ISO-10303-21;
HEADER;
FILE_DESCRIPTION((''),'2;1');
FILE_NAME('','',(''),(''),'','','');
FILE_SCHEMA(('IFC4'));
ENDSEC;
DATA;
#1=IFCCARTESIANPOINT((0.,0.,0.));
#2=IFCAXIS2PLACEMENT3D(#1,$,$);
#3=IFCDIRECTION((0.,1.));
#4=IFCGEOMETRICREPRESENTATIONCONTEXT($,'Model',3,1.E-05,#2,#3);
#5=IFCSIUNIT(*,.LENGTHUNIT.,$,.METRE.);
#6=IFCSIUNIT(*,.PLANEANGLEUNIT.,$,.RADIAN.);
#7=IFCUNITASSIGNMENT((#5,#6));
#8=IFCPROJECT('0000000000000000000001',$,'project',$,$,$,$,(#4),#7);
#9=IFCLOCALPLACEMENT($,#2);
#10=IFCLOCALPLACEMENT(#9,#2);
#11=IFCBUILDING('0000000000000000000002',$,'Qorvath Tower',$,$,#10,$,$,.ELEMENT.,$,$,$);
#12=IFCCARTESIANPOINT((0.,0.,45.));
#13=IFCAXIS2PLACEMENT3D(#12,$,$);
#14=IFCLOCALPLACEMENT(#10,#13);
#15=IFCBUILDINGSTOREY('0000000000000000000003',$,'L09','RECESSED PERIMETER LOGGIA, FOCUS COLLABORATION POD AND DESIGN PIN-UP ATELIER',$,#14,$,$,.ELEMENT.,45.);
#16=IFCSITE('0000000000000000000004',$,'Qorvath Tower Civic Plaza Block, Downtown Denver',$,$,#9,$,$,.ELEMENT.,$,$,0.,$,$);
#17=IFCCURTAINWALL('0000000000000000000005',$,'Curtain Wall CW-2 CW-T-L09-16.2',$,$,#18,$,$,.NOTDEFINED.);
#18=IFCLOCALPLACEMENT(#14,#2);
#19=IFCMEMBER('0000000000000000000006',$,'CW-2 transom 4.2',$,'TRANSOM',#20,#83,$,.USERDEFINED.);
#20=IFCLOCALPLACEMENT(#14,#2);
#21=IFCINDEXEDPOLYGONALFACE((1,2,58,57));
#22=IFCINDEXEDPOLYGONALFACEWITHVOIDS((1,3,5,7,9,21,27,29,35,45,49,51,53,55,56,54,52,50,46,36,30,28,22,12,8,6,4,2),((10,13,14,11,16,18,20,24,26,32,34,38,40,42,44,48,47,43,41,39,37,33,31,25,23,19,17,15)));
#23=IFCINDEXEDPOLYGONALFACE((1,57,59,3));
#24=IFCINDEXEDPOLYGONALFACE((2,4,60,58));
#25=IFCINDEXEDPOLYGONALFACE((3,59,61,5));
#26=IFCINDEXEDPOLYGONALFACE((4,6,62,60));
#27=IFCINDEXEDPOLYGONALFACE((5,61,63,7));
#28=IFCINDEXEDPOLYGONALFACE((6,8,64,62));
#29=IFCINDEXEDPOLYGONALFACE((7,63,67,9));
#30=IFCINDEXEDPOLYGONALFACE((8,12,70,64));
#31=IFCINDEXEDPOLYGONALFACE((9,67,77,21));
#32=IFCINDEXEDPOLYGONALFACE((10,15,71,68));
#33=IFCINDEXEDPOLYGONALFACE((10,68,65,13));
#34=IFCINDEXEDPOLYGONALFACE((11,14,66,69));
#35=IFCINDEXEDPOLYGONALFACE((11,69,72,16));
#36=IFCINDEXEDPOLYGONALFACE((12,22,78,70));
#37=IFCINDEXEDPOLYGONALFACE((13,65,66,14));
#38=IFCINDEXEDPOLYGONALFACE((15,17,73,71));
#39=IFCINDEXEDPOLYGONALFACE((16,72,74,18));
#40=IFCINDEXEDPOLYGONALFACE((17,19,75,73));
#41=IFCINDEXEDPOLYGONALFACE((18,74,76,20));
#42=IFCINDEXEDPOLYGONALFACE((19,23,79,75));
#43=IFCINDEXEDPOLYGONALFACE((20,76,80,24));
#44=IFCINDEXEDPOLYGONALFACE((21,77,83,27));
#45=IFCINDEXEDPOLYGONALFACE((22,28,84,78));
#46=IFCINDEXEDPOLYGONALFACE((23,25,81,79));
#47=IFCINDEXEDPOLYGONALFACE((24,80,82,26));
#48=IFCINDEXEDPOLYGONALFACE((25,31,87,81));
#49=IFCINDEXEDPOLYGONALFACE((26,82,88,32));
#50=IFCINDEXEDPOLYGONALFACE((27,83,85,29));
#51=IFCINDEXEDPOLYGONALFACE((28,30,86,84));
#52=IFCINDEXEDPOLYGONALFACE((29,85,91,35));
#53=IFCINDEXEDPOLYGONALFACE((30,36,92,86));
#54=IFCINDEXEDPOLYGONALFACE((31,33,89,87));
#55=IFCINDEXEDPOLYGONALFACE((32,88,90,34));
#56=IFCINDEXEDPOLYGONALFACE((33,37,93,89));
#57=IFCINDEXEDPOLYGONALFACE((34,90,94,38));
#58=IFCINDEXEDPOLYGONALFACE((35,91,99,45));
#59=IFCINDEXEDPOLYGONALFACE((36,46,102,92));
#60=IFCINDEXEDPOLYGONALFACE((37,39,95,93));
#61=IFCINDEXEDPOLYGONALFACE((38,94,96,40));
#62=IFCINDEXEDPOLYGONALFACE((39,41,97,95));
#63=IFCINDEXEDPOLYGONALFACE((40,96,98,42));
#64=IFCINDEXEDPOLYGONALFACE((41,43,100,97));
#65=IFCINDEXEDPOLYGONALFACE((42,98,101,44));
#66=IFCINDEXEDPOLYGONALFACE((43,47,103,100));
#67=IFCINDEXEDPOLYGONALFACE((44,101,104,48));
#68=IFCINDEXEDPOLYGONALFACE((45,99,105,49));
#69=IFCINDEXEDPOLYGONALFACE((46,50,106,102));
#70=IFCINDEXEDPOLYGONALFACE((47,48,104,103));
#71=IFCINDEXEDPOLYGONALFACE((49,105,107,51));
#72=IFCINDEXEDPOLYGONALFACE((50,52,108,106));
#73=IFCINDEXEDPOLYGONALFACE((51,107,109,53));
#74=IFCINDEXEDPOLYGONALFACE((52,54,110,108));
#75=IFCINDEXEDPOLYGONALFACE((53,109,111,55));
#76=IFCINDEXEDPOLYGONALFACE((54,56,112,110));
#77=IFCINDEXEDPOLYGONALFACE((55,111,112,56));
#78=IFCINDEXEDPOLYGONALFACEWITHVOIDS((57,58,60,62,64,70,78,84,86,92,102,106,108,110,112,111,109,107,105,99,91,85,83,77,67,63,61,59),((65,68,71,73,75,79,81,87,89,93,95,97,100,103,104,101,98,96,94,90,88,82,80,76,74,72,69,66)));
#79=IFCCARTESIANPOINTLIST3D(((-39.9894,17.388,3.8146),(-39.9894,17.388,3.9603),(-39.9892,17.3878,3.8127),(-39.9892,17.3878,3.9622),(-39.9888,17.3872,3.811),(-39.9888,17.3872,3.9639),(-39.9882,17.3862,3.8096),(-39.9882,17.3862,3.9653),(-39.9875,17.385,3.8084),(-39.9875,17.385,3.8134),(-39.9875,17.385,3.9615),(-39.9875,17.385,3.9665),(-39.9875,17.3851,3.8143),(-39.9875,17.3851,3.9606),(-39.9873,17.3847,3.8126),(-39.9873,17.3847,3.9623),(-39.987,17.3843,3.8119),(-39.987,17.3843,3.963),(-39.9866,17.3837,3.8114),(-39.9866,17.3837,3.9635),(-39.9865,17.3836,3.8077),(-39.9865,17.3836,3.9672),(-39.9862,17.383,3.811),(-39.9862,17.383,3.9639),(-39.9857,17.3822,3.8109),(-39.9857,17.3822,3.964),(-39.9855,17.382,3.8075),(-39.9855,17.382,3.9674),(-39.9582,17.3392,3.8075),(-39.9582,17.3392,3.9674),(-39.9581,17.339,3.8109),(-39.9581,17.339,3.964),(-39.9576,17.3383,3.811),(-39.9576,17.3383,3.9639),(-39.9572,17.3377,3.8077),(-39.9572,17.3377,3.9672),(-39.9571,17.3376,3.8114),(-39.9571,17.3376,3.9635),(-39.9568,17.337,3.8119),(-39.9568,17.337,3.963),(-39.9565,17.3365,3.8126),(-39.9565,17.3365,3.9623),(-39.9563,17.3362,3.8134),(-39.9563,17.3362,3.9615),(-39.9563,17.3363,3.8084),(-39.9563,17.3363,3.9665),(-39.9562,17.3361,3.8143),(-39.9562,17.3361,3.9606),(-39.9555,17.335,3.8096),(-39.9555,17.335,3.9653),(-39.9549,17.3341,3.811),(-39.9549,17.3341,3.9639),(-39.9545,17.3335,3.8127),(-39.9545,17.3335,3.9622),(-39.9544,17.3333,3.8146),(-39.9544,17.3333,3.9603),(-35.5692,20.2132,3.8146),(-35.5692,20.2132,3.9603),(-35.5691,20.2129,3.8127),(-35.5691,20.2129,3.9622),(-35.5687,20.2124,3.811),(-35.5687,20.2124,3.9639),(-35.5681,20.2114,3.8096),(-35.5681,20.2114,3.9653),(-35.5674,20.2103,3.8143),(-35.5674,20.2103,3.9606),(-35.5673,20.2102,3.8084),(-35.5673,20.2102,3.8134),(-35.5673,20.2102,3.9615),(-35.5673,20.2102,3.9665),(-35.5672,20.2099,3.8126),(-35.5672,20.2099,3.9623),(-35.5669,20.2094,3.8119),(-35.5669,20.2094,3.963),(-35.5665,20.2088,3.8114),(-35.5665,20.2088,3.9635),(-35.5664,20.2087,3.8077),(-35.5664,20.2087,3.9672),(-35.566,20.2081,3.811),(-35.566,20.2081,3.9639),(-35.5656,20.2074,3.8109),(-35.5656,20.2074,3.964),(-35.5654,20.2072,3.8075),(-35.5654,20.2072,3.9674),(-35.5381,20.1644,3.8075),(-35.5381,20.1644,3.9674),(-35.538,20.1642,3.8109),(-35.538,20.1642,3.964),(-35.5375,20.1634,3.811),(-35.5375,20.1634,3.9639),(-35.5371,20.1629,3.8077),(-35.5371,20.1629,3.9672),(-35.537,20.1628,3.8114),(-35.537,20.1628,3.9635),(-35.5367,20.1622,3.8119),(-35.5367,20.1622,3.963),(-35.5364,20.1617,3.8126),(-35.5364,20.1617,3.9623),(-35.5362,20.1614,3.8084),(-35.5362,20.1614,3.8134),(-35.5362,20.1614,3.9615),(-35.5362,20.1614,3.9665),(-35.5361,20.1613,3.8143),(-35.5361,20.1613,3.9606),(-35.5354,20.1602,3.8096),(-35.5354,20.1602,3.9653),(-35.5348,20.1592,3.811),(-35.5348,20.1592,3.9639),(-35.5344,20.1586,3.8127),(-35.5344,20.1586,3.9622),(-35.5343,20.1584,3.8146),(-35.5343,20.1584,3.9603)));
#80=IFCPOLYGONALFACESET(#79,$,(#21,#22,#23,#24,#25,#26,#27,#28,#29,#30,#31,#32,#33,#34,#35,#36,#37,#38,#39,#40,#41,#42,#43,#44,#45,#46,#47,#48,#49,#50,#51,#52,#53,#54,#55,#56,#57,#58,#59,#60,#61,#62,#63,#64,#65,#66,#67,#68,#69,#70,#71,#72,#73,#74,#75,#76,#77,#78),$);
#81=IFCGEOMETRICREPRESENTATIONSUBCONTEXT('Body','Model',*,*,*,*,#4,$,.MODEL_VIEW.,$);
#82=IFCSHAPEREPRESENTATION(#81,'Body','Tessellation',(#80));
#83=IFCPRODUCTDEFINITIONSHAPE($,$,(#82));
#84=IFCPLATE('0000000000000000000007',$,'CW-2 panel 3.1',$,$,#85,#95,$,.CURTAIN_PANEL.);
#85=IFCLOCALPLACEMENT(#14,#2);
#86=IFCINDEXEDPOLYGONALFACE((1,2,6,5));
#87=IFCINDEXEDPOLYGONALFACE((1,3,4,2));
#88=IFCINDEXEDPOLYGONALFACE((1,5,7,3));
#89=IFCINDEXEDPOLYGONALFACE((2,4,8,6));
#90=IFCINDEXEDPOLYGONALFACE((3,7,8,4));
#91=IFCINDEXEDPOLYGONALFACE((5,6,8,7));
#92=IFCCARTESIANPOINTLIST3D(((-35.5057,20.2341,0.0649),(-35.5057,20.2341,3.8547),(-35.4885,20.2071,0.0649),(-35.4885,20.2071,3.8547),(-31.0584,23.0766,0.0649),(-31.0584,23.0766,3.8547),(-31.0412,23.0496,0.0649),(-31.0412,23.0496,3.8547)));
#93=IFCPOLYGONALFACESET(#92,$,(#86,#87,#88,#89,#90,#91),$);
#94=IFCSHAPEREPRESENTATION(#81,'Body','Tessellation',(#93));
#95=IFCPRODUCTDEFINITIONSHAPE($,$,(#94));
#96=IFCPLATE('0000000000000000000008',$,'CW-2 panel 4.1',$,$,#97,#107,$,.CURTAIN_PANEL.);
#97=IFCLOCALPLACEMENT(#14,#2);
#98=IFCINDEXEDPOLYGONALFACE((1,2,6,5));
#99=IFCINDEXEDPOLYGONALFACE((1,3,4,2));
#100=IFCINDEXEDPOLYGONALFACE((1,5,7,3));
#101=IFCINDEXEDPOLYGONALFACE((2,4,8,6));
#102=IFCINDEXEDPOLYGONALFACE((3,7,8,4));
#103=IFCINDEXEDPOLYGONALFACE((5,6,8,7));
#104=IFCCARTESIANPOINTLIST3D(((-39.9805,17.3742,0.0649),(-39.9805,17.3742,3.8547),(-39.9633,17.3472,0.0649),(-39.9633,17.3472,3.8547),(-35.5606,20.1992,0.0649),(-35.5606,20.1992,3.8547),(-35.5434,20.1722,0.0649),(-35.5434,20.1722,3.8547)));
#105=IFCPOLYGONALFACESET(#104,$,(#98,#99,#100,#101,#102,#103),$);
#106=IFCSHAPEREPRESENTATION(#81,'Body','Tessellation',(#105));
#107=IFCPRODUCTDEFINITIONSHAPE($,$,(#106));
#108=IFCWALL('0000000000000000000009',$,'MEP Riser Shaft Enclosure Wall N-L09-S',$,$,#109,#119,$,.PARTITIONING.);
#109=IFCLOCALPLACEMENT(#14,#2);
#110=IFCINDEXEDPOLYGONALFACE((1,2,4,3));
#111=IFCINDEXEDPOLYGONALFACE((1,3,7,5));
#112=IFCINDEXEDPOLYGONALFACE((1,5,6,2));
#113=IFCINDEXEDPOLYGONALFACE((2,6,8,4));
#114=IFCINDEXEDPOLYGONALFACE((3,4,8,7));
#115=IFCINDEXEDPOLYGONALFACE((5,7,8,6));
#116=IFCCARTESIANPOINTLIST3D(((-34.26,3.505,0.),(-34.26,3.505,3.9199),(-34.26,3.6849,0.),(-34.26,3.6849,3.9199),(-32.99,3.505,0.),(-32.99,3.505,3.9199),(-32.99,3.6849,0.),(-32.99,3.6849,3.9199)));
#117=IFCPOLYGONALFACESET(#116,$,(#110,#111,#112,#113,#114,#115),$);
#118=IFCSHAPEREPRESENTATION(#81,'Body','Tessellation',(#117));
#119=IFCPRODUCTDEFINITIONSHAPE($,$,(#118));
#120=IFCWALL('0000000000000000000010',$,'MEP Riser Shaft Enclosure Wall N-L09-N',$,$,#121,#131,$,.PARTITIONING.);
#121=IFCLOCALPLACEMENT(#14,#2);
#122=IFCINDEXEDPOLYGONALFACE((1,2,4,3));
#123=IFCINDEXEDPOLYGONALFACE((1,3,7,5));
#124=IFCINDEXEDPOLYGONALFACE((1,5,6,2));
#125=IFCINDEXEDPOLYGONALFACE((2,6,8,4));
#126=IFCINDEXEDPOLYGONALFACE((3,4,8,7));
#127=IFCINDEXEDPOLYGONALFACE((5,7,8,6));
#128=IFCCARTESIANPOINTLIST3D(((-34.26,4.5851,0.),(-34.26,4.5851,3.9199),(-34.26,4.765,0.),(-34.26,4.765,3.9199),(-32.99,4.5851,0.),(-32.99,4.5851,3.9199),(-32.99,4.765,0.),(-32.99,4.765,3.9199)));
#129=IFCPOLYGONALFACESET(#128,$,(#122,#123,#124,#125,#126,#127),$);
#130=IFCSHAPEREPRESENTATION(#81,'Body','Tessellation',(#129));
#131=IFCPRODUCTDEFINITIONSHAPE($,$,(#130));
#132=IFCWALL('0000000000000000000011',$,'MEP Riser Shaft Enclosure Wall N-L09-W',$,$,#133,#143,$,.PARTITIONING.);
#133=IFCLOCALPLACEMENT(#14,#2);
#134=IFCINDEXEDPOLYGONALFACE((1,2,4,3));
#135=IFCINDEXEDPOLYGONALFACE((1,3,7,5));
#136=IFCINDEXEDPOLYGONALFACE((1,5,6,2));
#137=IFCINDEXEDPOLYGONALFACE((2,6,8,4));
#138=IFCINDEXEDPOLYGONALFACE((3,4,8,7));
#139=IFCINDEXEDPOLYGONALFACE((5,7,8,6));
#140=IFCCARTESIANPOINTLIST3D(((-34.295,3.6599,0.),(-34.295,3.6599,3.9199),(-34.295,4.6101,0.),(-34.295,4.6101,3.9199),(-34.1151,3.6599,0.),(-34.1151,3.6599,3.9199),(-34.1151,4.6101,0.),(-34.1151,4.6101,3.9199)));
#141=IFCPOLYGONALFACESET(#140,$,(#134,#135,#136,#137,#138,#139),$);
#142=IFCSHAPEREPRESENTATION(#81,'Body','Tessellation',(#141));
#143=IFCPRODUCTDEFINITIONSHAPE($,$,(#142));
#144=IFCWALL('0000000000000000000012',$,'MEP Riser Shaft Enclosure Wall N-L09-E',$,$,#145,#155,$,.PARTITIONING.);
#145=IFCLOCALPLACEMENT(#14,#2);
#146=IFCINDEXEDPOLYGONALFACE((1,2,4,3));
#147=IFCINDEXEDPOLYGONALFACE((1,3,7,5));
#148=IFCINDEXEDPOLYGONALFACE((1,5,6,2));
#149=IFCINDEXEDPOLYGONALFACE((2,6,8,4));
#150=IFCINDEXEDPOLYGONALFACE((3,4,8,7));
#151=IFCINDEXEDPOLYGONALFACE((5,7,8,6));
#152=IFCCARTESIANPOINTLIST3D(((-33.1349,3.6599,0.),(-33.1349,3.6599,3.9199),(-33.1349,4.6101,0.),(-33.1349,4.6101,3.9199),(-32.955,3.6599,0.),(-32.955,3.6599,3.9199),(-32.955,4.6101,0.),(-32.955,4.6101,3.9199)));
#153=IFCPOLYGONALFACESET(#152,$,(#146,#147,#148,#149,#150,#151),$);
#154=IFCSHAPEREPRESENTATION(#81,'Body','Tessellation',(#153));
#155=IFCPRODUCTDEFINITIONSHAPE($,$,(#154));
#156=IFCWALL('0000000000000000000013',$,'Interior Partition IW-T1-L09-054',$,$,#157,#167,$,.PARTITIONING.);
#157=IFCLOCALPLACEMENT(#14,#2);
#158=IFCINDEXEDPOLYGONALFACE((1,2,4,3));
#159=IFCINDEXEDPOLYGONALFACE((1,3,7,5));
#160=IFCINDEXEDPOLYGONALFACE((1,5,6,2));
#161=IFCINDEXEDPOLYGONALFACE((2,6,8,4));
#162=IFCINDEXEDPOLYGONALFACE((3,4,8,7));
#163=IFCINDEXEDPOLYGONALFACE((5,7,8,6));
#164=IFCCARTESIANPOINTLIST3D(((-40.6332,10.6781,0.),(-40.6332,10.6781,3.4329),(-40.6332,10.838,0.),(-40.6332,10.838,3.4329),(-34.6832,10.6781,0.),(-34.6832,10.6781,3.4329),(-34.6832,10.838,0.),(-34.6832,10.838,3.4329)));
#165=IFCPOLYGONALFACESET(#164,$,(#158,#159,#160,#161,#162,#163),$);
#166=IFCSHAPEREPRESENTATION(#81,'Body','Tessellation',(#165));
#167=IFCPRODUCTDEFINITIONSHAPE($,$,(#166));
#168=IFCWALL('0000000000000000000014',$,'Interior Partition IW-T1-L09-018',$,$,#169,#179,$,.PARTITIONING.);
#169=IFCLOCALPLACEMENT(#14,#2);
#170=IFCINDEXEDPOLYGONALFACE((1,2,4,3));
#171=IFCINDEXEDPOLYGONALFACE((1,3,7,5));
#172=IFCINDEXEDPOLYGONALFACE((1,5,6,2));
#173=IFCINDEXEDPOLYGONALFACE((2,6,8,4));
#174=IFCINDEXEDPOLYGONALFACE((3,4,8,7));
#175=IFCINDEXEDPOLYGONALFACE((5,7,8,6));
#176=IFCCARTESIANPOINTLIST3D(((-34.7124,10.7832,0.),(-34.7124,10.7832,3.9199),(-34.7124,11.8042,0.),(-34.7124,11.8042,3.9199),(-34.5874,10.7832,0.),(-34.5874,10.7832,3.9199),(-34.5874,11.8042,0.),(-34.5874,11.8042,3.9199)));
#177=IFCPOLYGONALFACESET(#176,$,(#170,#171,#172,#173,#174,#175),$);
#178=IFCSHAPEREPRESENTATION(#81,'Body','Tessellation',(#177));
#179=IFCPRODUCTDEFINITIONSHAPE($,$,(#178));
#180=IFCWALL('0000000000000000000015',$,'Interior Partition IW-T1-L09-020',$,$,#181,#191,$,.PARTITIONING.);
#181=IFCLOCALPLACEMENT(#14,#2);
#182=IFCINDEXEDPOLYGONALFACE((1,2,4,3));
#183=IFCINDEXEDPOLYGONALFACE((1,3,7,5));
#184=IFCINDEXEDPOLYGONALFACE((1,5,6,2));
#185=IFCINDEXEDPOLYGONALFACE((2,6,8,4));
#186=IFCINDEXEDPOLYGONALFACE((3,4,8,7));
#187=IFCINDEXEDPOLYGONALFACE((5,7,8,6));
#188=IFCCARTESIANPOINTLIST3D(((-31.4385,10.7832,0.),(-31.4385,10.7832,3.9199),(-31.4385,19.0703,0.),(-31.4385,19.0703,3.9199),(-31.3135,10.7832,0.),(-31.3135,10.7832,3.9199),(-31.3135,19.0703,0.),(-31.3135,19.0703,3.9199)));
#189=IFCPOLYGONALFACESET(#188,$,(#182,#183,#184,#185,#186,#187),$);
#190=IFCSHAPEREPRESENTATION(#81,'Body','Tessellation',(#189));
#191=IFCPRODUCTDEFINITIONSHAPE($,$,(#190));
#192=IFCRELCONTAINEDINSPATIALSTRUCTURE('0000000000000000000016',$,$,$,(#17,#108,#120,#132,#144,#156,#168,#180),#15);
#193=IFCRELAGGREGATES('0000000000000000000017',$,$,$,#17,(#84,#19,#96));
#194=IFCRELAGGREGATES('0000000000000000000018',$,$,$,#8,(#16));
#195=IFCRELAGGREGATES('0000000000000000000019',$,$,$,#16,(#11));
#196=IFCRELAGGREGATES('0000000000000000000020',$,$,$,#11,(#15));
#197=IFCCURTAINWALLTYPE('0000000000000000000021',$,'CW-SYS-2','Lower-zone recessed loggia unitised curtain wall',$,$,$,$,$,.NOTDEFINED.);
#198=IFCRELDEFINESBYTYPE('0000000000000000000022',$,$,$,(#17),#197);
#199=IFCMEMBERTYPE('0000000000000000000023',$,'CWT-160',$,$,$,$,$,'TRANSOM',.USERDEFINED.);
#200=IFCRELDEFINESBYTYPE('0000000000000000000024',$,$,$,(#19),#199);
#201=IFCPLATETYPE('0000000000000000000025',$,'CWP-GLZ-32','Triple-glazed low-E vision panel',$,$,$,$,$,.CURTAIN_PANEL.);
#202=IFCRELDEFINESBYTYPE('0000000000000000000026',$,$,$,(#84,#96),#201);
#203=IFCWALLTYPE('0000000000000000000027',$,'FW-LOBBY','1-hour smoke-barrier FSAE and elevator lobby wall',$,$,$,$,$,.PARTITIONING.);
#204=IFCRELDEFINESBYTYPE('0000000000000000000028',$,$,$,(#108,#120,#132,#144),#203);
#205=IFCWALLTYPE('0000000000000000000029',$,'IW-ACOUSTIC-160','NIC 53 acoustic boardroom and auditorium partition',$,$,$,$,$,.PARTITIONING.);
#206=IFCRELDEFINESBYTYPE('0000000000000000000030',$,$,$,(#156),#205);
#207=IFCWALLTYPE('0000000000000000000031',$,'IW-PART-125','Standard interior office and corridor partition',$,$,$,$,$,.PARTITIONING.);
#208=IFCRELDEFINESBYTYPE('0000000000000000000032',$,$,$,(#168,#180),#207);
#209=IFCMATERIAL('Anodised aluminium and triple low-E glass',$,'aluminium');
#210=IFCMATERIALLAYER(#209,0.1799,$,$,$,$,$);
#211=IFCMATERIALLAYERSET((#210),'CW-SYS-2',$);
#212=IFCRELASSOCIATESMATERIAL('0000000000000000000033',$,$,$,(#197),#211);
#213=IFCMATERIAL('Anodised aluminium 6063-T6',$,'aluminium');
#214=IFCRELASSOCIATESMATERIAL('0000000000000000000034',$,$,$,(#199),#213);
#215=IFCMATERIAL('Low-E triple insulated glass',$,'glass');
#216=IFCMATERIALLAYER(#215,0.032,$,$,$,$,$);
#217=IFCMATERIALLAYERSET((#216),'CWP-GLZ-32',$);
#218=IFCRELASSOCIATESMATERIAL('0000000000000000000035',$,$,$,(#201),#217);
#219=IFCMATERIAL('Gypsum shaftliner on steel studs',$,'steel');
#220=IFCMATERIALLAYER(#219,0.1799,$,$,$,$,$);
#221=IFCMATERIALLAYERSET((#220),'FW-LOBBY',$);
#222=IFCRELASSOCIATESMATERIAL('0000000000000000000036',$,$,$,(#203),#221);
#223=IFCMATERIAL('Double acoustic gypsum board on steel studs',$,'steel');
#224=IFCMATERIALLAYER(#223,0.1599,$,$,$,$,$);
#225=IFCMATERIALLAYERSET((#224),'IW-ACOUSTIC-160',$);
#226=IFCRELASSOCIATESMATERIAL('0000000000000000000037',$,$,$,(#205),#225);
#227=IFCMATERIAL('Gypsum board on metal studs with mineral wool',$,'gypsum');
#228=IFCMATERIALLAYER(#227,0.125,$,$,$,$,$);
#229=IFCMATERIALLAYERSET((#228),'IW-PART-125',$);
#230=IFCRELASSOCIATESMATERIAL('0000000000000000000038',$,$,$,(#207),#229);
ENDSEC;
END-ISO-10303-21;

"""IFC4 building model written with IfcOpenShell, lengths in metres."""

from ifc_helpers import new_model, si_unit, direction, frame, frame_2d, origin, origin_2d, place, context, subcontext, project, spatial, rectangle, hollow_rectangle, extrude, material, layer, layer_set, material_profile, profile_set, type_object, element, aggregate, save


model = new_model("IFC4")

# Units and contexts
model_context = context("Model", 3, precision=1e-05, world=origin(), true_north=direction((0.0, 1.0)))
body_context = subcontext(model_context, "Body", "Model", "MODEL_VIEW")
ifc_project = project(units=[si_unit("LENGTHUNIT", "METRE"), si_unit("PLANEANGLEUNIT", "RADIAN")], contexts=[model_context])

# Site, building, storey
site_placement = place(None, origin())
site = spatial("IfcSite", under=ifc_project, at=site_placement, Name="Qorvath Tower Civic Plaza Block, Downtown Denver", CompositionType="ELEMENT", RefElevation=0.0)
building_placement = place(site_placement, origin())
building = spatial("IfcBuilding", under=site, at=building_placement, Name="Qorvath Tower", CompositionType="ELEMENT")
storey_placement = place(building_placement, frame((0.0, 0.0, 45.0)))
storey = spatial("IfcBuildingStorey", under=building, at=storey_placement, Name="L09", Description="RECESSED PERIMETER LOGGIA, FOCUS COLLABORATION POD AND DESIGN PIN-UP ATELIER", CompositionType="ELEMENT", Elevation=45.0)

# Curtain wall, member, plates
ifc_material_1 = material(Name="Anodised aluminium and triple low-E glass", Category="aluminium")
ifc_layer_1 = layer(ifc_material_1, 0.1799)
ifc_layer_set_1 = layer_set([ifc_layer_1], Name="CW-SYS-2")
curtain_wall_type = type_object("IfcCurtainWallType", Name="CW-SYS-2", Description="Lower-zone recessed loggia unitised curtain wall", PredefinedType="NOTDEFINED", material=ifc_layer_set_1)
curtain_wall_placement = place(storey_placement, origin())
curtain_wall = element("IfcCurtainWall", 1, at=curtain_wall_placement, inside=storey, type_object=curtain_wall_type, Name="Curtain Wall CW-2 CW-T-L09-16.2", PredefinedType="NOTDEFINED")
ifc_material_2 = material(Name="Anodised aluminium 6063-T6", Category="aluminium")
ifc_material_profile_1 = material_profile(ifc_material_2, hollow_rectangle(XDim=0.0649, YDim=0.1599, WallThickness=0.0034, InnerFilletRadius=0.0034, OuterFilletRadius=0.0071, at=origin_2d()), Name="CWT 160x65")
ifc_profile_set_1 = profile_set([ifc_material_profile_1], Name="Anodised aluminium 6063-T6")
member_type_1 = type_object("IfcMemberType", Name="CWT-160", ElementType="TRANSOM", PredefinedType="USERDEFINED", material=ifc_profile_set_1)
member_1_placement = place(storey_placement, frame((-35.5518, 20.1858, 3.8875), z_axis=(-0.842592, -0.538552, 0.0), x_axis=(0.538552, -0.842592, 0.0)))
member_1 = element("IfcMember", 2, at=member_1_placement, type_object=member_type_1, Name="CW-2 transom 4.2", ObjectType="TRANSOM", PredefinedType="USERDEFINED", context=body_context, shape_type="SweptSolid", body=[
    extrude(hollow_rectangle(XDim=0.0649, YDim=0.1599, WallThickness=0.0034, InnerFilletRadius=0.0034, OuterFilletRadius=0.0071, at=origin_2d()), origin(), (0.0, 0.0, 1.0), 5.2458),
])
ifc_material_3 = material(Name="Low-E triple insulated glass", Category="glass")
ifc_layer_2 = layer(ifc_material_3, 0.032)
ifc_layer_set_2 = layer_set([ifc_layer_2], Name="CWP-GLZ-32")
plate_type = type_object("IfcPlateType", Name="CWP-GLZ-32", Description="Triple-glazed low-E vision panel", PredefinedType="CURTAIN_PANEL", material=ifc_layer_set_2)
plate_1_placement = place(storey_placement, frame((-33.2734, 21.6418, 0.0649), z_axis=(0.0, 0.0, 1.0), x_axis=(-0.842599, -0.538541, 0.0)))
plate_1 = element("IfcPlate", 3, at=plate_1_placement, type_object=plate_type, Name="CW-2 panel 3.1", PredefinedType="CURTAIN_PANEL", context=body_context, shape_type="SweptSolid", body=[
    extrude(rectangle(XDim=5.2781, YDim=0.032, at=origin_2d()), origin(), (0.0, 0.0, 1.0), 3.7898),
])
plate_2_placement = place(storey_placement, frame((-37.762, 18.7732, 0.0649), z_axis=(0.0, 0.0, 1.0), x_axis=(-0.842599, -0.538541, 0.0)))
plate_2 = element("IfcPlate", 4, at=plate_2_placement, type_object=plate_type, Name="CW-2 panel 4.1", PredefinedType="CURTAIN_PANEL", context=body_context, shape_type="SweptSolid", body=[
    extrude(rectangle(XDim=5.2456, YDim=0.032, at=origin_2d()), origin(), (0.0, 0.0, 1.0), 3.7898),
])
aggregate(curtain_wall, [plate_1, member_1, plate_2])

# Walls
ifc_material_4 = material(Name="Gypsum shaftliner on steel studs", Category="steel")
ifc_layer_3 = layer(ifc_material_4, 0.1799)
ifc_layer_set_3 = layer_set([ifc_layer_3], Name="FW-LOBBY")
wall_type_1 = type_object("IfcWallType", Name="FW-LOBBY", Description="1-hour smoke-barrier FSAE and elevator lobby wall", PredefinedType="PARTITIONING", material=ifc_layer_set_3)
for number, where, z_axis, x_axis, name in (
    (5, (-32.99, 3.595, 0.0), (0.0, 0.0, 1.0), (-1.0, 0.0, 0.0), "MEP Riser Shaft Enclosure Wall N-L09-S"),
    (6, (-34.26, 4.675, 0.0), (0.0, 0.0, 1.0), (1.0, 0.0, 0.0), "MEP Riser Shaft Enclosure Wall N-L09-N"),
):
    element("IfcWall", number, at=place(storey_placement, frame(where, z_axis=z_axis, x_axis=x_axis)), inside=storey, type_object=wall_type_1, Name=name, PredefinedType="PARTITIONING", context=body_context, shape_type="SweptSolid", body=[
        extrude(rectangle(XDim=1.27, YDim=0.1799, at=frame_2d((0.635, 0.0))), origin(), (0.0, 0.0, 1.0), 3.9199),
    ])
for number, where, z_axis, x_axis, name in (
    (7, (-34.2051, 3.6599, 0.0), (0.0, 0.0, 1.0), (0.0, 1.0, 0.0), "MEP Riser Shaft Enclosure Wall N-L09-W"),
    (8, (-33.0449, 4.6101, 0.0), (0.0, 0.0, 1.0), (0.0, -1.0, 0.0), "MEP Riser Shaft Enclosure Wall N-L09-E"),
):
    element("IfcWall", number, at=place(storey_placement, frame(where, z_axis=z_axis, x_axis=x_axis)), inside=storey, type_object=wall_type_1, Name=name, PredefinedType="PARTITIONING", context=body_context, shape_type="SweptSolid", body=[
        extrude(rectangle(XDim=0.9502, YDim=0.1799, at=frame_2d((0.4751, 0.0))), origin(), (0.0, 0.0, 1.0), 3.9199),
    ])
ifc_material_5 = material(Name="Double acoustic gypsum board on steel studs", Category="steel")
ifc_layer_4 = layer(ifc_material_5, 0.1599)
ifc_layer_set_4 = layer_set([ifc_layer_4], Name="IW-ACOUSTIC-160")
wall_type_2 = type_object("IfcWallType", Name="IW-ACOUSTIC-160", Description="NIC 53 acoustic boardroom and auditorium partition", PredefinedType="PARTITIONING", material=ifc_layer_set_4)
wall_1_placement = place(storey_placement, frame((-34.6831, 10.7581, 0.0), z_axis=(0.0, 0.0, 1.0), x_axis=(-1.0, 0.0, 0.0)))
element("IfcWall", 9, at=wall_1_placement, inside=storey, type_object=wall_type_2, Name="Interior Partition IW-T1-L09-054", PredefinedType="PARTITIONING", context=body_context, shape_type="SweptSolid", body=[
    extrude(rectangle(XDim=5.95, YDim=0.1599, at=frame_2d((2.9751, 0.0))), origin(), (0.0, 0.0, 1.0), 3.4329),
])
ifc_material_6 = material(Name="Gypsum board on metal studs with mineral wool", Category="gypsum")
ifc_layer_5 = layer(ifc_material_6, 0.125)
ifc_layer_set_5 = layer_set([ifc_layer_5], Name="IW-PART-125")
wall_type_3 = type_object("IfcWallType", Name="IW-PART-125", Description="Standard interior office and corridor partition", PredefinedType="PARTITIONING", material=ifc_layer_set_5)
wall_2_placement = place(storey_placement, frame((-34.6499, 10.7832, 0.0), z_axis=(0.0, 0.0, 1.0), x_axis=(0.0, 1.0, 0.0)))
element("IfcWall", 10, at=wall_2_placement, inside=storey, type_object=wall_type_3, Name="Interior Partition IW-T1-L09-018", PredefinedType="PARTITIONING", context=body_context, shape_type="SweptSolid", body=[
    extrude(rectangle(XDim=1.021, YDim=0.125, at=frame_2d((0.5105, 0.0))), origin(), (0.0, 0.0, 1.0), 3.9199),
])

# Wall
wall_3_placement = place(storey_placement, frame((-31.376, 10.7832, 0.0), z_axis=(0.0, 0.0, 1.0), x_axis=(0.0, 1.0, 0.0)))
element("IfcWall", 11, at=wall_3_placement, inside=storey, type_object=wall_type_3, Name="Interior Partition IW-T1-L09-020", PredefinedType="PARTITIONING", context=body_context, shape_type="SweptSolid", body=[
    extrude(rectangle(XDim=8.2871, YDim=0.125, at=frame_2d((4.1436, 0.0))), origin(), (0.0, 0.0, 1.0), 3.9199),
])

save(model, "model.ifc")
